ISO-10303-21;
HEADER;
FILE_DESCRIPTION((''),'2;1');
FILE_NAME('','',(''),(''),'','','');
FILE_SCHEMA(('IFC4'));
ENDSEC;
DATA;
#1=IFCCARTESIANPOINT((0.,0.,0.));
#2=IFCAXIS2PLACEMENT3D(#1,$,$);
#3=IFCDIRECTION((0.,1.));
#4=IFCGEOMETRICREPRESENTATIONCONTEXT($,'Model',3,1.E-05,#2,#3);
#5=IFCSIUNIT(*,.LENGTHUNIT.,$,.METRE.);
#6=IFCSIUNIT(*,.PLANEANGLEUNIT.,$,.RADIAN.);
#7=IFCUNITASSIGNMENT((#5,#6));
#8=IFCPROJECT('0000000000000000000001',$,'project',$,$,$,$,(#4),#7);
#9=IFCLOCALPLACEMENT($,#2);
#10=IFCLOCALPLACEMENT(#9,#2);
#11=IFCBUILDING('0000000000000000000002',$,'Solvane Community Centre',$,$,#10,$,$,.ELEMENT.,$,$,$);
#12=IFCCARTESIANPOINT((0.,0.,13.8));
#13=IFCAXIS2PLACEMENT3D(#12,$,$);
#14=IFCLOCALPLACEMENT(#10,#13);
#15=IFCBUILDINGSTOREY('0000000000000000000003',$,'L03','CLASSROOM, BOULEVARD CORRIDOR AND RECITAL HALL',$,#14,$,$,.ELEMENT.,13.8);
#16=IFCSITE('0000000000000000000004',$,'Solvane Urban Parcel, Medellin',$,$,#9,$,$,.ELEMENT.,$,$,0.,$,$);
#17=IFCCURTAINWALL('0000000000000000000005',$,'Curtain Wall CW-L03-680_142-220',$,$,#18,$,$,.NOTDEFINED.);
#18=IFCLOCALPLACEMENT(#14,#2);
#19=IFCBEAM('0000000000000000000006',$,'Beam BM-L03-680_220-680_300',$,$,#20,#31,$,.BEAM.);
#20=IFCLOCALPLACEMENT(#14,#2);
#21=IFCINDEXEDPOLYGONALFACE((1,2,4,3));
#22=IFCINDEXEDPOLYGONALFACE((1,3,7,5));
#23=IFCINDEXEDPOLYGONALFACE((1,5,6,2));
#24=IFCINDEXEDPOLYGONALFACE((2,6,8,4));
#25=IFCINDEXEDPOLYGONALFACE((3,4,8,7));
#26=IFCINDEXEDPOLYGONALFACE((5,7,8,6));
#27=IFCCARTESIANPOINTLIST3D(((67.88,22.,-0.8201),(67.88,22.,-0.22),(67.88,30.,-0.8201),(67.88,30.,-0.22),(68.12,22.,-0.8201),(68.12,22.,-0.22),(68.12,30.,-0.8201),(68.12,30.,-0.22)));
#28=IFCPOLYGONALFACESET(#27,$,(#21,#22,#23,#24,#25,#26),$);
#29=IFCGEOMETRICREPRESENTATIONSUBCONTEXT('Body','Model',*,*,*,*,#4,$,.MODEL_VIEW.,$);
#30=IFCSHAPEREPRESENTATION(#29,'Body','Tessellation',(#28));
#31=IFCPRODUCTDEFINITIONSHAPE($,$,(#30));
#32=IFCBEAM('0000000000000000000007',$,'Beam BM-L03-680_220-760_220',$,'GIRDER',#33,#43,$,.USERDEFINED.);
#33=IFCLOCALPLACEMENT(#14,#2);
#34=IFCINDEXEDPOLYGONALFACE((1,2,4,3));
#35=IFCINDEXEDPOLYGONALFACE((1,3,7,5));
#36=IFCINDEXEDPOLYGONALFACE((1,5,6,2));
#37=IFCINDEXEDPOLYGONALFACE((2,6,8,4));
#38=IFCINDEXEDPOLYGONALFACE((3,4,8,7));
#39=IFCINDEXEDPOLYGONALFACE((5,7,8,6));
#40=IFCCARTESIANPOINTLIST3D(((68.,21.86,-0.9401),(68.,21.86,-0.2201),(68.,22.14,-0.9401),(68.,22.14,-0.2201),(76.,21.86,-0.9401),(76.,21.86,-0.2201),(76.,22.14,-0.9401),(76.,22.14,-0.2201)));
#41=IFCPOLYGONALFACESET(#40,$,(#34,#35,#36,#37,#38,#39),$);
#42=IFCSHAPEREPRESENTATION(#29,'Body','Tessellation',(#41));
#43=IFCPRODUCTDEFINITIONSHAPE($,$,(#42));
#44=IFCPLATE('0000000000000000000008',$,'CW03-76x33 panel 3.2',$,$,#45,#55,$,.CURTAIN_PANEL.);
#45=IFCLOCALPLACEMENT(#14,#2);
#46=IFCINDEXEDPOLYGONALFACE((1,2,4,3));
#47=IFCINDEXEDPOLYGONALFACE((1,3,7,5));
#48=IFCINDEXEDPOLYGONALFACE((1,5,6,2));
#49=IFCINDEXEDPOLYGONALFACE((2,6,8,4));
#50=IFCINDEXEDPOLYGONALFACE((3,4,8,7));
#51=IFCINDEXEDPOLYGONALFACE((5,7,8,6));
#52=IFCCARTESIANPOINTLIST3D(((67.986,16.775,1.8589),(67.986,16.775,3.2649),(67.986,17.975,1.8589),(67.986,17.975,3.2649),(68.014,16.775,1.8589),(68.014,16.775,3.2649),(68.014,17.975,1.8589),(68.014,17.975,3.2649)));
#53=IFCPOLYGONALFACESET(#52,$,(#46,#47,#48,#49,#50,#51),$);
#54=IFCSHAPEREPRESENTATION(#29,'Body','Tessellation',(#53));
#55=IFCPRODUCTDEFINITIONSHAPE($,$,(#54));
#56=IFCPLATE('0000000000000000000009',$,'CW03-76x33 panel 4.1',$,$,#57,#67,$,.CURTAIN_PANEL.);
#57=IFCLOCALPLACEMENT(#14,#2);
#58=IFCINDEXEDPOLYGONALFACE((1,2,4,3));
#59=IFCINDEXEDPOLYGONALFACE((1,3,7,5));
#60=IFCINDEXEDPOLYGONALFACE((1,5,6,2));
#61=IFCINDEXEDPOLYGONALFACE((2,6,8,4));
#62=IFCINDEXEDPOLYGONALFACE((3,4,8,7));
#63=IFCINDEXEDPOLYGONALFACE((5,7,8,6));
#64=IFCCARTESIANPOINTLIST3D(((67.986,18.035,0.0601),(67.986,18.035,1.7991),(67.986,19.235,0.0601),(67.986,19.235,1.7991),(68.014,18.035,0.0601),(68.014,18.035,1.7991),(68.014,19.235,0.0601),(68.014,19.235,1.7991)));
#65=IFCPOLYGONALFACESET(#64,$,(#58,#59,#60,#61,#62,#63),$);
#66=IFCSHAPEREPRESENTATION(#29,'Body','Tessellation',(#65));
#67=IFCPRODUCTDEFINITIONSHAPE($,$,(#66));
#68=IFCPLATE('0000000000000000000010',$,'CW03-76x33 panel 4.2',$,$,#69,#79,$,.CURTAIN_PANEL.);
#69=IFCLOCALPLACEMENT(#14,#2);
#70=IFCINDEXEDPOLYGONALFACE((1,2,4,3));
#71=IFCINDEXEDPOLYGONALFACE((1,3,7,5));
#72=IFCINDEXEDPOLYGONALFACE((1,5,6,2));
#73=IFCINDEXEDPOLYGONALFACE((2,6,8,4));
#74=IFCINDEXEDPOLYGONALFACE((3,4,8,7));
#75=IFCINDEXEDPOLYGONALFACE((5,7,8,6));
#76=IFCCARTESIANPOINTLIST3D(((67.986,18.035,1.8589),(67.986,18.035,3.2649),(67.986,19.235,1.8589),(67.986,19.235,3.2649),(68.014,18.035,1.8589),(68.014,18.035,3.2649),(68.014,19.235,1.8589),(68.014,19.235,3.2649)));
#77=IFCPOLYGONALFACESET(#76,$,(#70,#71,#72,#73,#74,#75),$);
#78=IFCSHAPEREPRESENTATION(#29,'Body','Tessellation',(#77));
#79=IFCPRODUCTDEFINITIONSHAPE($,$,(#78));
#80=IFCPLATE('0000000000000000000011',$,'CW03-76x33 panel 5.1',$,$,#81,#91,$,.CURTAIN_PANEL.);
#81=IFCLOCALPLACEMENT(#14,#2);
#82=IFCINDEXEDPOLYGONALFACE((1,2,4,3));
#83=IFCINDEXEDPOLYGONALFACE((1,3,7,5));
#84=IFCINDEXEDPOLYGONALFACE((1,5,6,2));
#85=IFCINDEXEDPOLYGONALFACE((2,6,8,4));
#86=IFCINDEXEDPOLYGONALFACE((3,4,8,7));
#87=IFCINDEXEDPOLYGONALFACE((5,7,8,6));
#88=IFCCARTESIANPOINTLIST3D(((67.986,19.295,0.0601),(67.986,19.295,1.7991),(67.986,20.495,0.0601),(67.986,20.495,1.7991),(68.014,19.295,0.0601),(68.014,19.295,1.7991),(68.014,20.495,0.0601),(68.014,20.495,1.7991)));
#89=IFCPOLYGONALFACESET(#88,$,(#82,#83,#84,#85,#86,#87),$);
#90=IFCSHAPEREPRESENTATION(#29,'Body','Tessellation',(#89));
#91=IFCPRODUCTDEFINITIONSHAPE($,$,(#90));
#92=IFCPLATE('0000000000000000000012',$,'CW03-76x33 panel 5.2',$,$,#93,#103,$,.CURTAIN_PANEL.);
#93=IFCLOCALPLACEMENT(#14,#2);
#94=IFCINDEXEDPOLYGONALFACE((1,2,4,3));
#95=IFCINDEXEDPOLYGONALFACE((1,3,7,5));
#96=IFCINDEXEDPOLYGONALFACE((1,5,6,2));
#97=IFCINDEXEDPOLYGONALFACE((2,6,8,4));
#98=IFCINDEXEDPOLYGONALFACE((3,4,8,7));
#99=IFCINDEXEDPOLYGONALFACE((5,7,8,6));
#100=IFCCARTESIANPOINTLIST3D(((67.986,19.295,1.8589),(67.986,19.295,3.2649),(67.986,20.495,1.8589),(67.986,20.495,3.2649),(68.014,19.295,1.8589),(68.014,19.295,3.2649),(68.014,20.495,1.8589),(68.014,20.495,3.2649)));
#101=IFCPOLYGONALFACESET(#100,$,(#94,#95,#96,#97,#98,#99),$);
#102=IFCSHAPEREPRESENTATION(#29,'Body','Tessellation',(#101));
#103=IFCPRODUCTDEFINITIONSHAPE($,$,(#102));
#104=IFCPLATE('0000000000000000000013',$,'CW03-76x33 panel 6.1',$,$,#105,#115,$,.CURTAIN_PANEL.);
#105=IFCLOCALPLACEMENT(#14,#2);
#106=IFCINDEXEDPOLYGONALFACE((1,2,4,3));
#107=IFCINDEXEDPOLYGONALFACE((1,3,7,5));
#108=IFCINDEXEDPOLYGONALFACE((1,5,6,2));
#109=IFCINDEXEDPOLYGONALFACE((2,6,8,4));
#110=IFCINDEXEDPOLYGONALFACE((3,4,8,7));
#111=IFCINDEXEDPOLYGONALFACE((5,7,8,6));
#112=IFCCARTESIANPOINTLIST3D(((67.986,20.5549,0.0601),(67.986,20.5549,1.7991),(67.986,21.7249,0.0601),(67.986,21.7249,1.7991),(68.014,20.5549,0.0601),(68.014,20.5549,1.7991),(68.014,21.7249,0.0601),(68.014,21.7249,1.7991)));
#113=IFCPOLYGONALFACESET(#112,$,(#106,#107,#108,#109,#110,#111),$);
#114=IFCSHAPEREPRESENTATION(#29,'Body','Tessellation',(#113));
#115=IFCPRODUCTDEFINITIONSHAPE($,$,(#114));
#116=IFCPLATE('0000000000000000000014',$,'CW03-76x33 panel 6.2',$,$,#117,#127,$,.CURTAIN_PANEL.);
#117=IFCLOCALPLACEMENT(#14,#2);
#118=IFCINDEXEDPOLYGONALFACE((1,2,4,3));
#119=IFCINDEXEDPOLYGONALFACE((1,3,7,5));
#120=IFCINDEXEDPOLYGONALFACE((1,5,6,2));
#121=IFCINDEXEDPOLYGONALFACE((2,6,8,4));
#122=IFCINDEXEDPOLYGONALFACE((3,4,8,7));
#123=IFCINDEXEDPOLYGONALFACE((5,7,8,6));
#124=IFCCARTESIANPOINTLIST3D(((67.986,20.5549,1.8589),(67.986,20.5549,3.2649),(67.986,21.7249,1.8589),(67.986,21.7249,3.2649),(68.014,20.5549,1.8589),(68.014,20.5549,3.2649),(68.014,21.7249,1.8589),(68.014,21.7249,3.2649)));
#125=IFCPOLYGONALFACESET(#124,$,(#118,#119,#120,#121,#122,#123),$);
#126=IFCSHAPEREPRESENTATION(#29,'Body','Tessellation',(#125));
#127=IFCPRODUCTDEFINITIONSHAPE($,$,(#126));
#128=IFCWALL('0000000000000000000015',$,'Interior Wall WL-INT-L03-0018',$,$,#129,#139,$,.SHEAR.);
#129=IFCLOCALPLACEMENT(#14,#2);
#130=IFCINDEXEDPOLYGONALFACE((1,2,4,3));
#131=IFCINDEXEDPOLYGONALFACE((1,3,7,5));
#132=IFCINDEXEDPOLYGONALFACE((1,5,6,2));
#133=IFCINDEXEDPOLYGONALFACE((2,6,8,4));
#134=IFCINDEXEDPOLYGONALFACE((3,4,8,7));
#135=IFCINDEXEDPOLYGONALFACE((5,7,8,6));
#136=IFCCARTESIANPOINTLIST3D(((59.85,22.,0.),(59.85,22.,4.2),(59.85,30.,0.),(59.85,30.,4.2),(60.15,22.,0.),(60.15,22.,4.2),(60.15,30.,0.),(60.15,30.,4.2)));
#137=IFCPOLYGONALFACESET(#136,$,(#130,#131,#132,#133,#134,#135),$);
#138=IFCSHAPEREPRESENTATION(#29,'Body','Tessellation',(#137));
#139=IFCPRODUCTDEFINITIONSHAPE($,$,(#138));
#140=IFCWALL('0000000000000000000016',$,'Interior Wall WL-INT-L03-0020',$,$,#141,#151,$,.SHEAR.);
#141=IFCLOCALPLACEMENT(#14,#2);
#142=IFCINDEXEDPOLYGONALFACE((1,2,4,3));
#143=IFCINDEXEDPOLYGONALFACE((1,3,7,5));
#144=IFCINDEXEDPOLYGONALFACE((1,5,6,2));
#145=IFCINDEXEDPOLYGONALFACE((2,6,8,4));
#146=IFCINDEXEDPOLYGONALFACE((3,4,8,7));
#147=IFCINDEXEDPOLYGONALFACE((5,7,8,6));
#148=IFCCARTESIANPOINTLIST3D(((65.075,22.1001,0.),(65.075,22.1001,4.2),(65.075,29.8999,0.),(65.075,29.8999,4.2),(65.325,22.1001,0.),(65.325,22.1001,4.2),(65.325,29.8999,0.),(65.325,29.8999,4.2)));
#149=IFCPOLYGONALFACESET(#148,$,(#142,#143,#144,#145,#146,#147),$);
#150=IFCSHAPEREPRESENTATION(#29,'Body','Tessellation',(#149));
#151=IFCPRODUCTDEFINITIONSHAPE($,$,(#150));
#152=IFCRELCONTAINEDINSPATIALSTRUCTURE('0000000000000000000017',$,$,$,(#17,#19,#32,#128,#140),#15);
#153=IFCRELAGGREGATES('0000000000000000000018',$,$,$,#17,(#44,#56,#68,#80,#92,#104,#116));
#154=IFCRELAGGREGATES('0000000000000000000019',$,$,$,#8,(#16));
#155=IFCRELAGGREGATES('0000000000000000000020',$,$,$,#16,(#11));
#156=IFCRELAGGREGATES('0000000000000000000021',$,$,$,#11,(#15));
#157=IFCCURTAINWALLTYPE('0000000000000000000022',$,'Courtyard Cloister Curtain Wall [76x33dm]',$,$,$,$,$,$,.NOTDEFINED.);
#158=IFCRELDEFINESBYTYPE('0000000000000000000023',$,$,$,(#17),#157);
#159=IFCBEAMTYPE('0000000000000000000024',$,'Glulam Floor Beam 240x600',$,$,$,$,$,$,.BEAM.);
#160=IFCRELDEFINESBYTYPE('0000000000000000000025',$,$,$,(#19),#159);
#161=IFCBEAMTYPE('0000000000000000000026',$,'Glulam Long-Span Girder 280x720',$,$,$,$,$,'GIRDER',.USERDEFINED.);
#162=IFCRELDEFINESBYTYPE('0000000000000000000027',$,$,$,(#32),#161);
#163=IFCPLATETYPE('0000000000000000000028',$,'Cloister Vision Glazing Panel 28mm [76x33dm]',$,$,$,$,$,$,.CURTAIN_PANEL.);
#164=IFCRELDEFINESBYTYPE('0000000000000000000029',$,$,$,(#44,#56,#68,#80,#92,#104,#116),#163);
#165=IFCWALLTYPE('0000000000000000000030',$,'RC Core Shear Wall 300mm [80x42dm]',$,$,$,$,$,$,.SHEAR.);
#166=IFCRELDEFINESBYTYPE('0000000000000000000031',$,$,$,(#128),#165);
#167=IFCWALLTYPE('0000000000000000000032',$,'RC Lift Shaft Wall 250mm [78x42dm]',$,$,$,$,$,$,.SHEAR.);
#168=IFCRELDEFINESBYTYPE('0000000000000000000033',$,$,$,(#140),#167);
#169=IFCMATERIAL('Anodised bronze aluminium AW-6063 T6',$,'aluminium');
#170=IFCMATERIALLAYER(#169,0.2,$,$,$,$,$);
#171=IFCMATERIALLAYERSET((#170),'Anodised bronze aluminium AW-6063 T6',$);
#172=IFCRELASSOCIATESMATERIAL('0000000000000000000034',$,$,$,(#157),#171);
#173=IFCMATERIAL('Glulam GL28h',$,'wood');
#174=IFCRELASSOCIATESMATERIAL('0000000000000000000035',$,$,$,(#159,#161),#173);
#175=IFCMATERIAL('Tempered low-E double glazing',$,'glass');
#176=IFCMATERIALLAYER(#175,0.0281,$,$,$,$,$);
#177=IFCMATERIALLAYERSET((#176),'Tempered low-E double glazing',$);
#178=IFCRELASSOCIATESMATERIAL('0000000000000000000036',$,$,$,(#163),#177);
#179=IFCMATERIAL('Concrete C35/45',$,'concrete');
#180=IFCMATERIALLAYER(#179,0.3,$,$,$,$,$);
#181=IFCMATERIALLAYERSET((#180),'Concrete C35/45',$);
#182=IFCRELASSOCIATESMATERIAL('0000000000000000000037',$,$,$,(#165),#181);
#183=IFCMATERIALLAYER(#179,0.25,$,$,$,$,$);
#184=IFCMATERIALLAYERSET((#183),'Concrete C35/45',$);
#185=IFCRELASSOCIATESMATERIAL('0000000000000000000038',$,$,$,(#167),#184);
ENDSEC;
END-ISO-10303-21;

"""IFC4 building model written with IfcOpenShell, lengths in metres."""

from ifc_helpers import new_model, si_unit, direction, frame, frame_2d, origin, origin_2d, place, context, subcontext, project, spatial, rectangle, extrude, material, layer, layer_set, material_profile, profile_set, type_object, element, aggregate, save


model = new_model("IFC4")

# Units and contexts
model_context = context("Model", 3, precision=1e-05, world=origin(), true_north=direction((0.0, 1.0)))
body_context = subcontext(model_context, "Body", "Model", "MODEL_VIEW")
ifc_project = project(units=[si_unit("LENGTHUNIT", "METRE"), si_unit("PLANEANGLEUNIT", "RADIAN")], contexts=[model_context])

# Site, building, storey
site_placement = place(None, origin())
site = spatial("IfcSite", under=ifc_project, at=site_placement, Name="Solvane Urban Parcel, Medellin", CompositionType="ELEMENT", RefElevation=0.0)
building_placement = place(site_placement, origin())
building = spatial("IfcBuilding", under=site, at=building_placement, Name="Solvane Community Centre", CompositionType="ELEMENT")
storey_placement = place(building_placement, frame((0.0, 0.0, 13.8)))
storey = spatial("IfcBuildingStorey", under=building, at=storey_placement, Name="L03", Description="CLASSROOM, BOULEVARD CORRIDOR AND RECITAL HALL", CompositionType="ELEMENT", Elevation=13.8)

# Curtain wall
ifc_material_1 = material(Name="Anodised bronze aluminium AW-6063 T6", Category="aluminium")
ifc_layer_1 = layer(ifc_material_1, 0.2)
ifc_layer_set_1 = layer_set([ifc_layer_1], Name="Anodised bronze aluminium AW-6063 T6")
curtain_wall_type = type_object("IfcCurtainWallType", Name="Courtyard Cloister Curtain Wall [76x33dm]", PredefinedType="NOTDEFINED", material=ifc_layer_set_1)
curtain_wall_placement = place(storey_placement, origin())
curtain_wall = element("IfcCurtainWall", 1, at=curtain_wall_placement, inside=storey, type_object=curtain_wall_type, Name="Curtain Wall CW-L03-680_142-220", PredefinedType="NOTDEFINED")

# Beams
ifc_material_2 = material(Name="Glulam GL28h", Category="wood")
ifc_material_profile_1 = material_profile(ifc_material_2, rectangle(XDim=0.24, YDim=0.6001, at=origin_2d()), Name="GL28h 240x600")
ifc_profile_set_1 = profile_set([ifc_material_profile_1], Name="Glulam GL28h")
beam_type_1 = type_object("IfcBeamType", Name="Glulam Floor Beam 240x600", PredefinedType="BEAM", material=ifc_profile_set_1)
beam_1_placement = place(storey_placement, frame((68.0, 22.0, -0.52), z_axis=(0.0, 1.0, 0.0), x_axis=(-1.0, 0.0, 0.0)))
element("IfcBeam", 2, at=beam_1_placement, inside=storey, type_object=beam_type_1, Name="Beam BM-L03-680_220-680_300", PredefinedType="BEAM", context=body_context, shape_type="SweptSolid", body=[
    extrude(rectangle(XDim=0.24, YDim=0.6001, at=origin_2d()), origin(), (0.0, 0.0, 1.0), 8.0),
])
ifc_material_profile_2 = material_profile(ifc_material_2, rectangle(XDim=0.28, YDim=0.72, at=origin_2d()), Name="GL28h 280x720")
ifc_profile_set_2 = profile_set([ifc_material_profile_2], Name="Glulam GL28h")
beam_type_2 = type_object("IfcBeamType", Name="Glulam Long-Span Girder 280x720", ElementType="GIRDER", PredefinedType="USERDEFINED", material=ifc_profile_set_2)
beam_2_placement = place(storey_placement, frame((68.0, 22.0, -0.5801), z_axis=(1.0, 0.0, 0.0), x_axis=(0.0, 1.0, 0.0)))
element("IfcBeam", 3, at=beam_2_placement, inside=storey, type_object=beam_type_2, Name="Beam BM-L03-680_220-760_220", ObjectType="GIRDER", PredefinedType="USERDEFINED", context=body_context, shape_type="SweptSolid", body=[
    extrude(rectangle(XDim=0.28, YDim=0.72, at=origin_2d()), origin(), (0.0, 0.0, 1.0), 8.0),
])

# Plates
ifc_material_3 = material(Name="Tempered low-E double glazing", Category="glass")
ifc_layer_2 = layer(ifc_material_3, 0.0281)
ifc_layer_set_2 = layer_set([ifc_layer_2], Name="Tempered low-E double glazing")
plate_type = type_object("IfcPlateType", Name="Cloister Vision Glazing Panel 28mm [76x33dm]", PredefinedType="CURTAIN_PANEL", material=ifc_layer_set_2)
plate_1_placement = place(storey_placement, frame((68.0, 17.375, 1.8589), z_axis=(0.0, 0.0, 1.0), x_axis=(0.0, 1.0, 0.0)))
plate_1 = element("IfcPlate", 4, at=plate_1_placement, type_object=plate_type, Name="CW03-76x33 panel 3.2", PredefinedType="CURTAIN_PANEL", context=body_context, shape_type="SweptSolid", body=[
    extrude(rectangle(XDim=1.2, YDim=0.0281, at=origin_2d()), origin(), (0.0, 0.0, 1.0), 1.406),
])
plate_2_placement = place(storey_placement, frame((68.0, 18.635, 0.0601), z_axis=(0.0, 0.0, 1.0), x_axis=(0.0, 1.0, 0.0)))
plate_2 = element("IfcPlate", 5, at=plate_2_placement, type_object=plate_type, Name="CW03-76x33 panel 4.1", PredefinedType="CURTAIN_PANEL", context=body_context, shape_type="SweptSolid", body=[
    extrude(rectangle(XDim=1.2, YDim=0.0281, at=origin_2d()), origin(), (0.0, 0.0, 1.0), 1.739),
])
plate_3_placement = place(storey_placement, frame((68.0, 18.635, 1.8589), z_axis=(0.0, 0.0, 1.0), x_axis=(0.0, 1.0, 0.0)))
plate_3 = element("IfcPlate", 6, at=plate_3_placement, type_object=plate_type, Name="CW03-76x33 panel 4.2", PredefinedType="CURTAIN_PANEL", context=body_context, shape_type="SweptSolid", body=[
    extrude(rectangle(XDim=1.2, YDim=0.0281, at=origin_2d()), origin(), (0.0, 0.0, 1.0), 1.406),
])
plate_4_placement = place(storey_placement, frame((68.0, 19.895, 0.0601), z_axis=(0.0, 0.0, 1.0), x_axis=(0.0, 1.0, 0.0)))
plate_4 = element("IfcPlate", 7, at=plate_4_placement, type_object=plate_type, Name="CW03-76x33 panel 5.1", PredefinedType="CURTAIN_PANEL", context=body_context, shape_type="SweptSolid", body=[
    extrude(rectangle(XDim=1.2, YDim=0.0281, at=origin_2d()), origin(), (0.0, 0.0, 1.0), 1.739),
])
plate_5_placement = place(storey_placement, frame((68.0, 19.895, 1.8589), z_axis=(0.0, 0.0, 1.0), x_axis=(0.0, 1.0, 0.0)))
plate_5 = element("IfcPlate", 8, at=plate_5_placement, type_object=plate_type, Name="CW03-76x33 panel 5.2", PredefinedType="CURTAIN_PANEL", context=body_context, shape_type="SweptSolid", body=[
    extrude(rectangle(XDim=1.2, YDim=0.0281, at=origin_2d()), origin(), (0.0, 0.0, 1.0), 1.406),
])
plate_6_placement = place(storey_placement, frame((68.0, 21.1399, 0.0601), z_axis=(0.0, 0.0, 1.0), x_axis=(0.0, 1.0, 0.0)))
plate_6 = element("IfcPlate", 9, at=plate_6_placement, type_object=plate_type, Name="CW03-76x33 panel 6.1", PredefinedType="CURTAIN_PANEL", context=body_context, shape_type="SweptSolid", body=[
    extrude(rectangle(XDim=1.1699, YDim=0.0281, at=origin_2d()), origin(), (0.0, 0.0, 1.0), 1.739),
])
plate_7_placement = place(storey_placement, frame((68.0, 21.1399, 1.8589), z_axis=(0.0, 0.0, 1.0), x_axis=(0.0, 1.0, 0.0)))
plate_7 = element("IfcPlate", 10, at=plate_7_placement, type_object=plate_type, Name="CW03-76x33 panel 6.2", PredefinedType="CURTAIN_PANEL", context=body_context, shape_type="SweptSolid", body=[
    extrude(rectangle(XDim=1.1699, YDim=0.0281, at=origin_2d()), origin(), (0.0, 0.0, 1.0), 1.406),
])
aggregate(curtain_wall, [plate_1, plate_2, plate_3, plate_4, plate_5, plate_6, plate_7])

# Walls
ifc_material_4 = material(Name="Concrete C35/45", Category="concrete")
ifc_layer_3 = layer(ifc_material_4, 0.3)
ifc_layer_set_3 = layer_set([ifc_layer_3], Name="Concrete C35/45")
wall_type_1 = type_object("IfcWallType", Name="RC Core Shear Wall 300mm [80x42dm]", PredefinedType="SHEAR", material=ifc_layer_set_3)
wall_1_placement = place(storey_placement, frame((60.0, 22.0, 0.0), z_axis=(0.0, 0.0, 1.0), x_axis=(0.0, 1.0, 0.0)))
element("IfcWall", 11, at=wall_1_placement, inside=storey, type_object=wall_type_1, Name="Interior Wall WL-INT-L03-0018", PredefinedType="SHEAR", context=body_context, shape_type="SweptSolid", body=[
    extrude(rectangle(XDim=8.0, YDim=0.3, at=frame_2d((4.0, 0.0))), origin(), (0.0, 0.0, 1.0), 4.2),
])
ifc_layer_4 = layer(ifc_material_4, 0.25)
ifc_layer_set_4 = layer_set([ifc_layer_4], Name="Concrete C35/45")
wall_type_2 = type_object("IfcWallType", Name="RC Lift Shaft Wall 250mm [78x42dm]", PredefinedType="SHEAR", material=ifc_layer_set_4)
wall_2_placement = place(storey_placement, frame((65.2, 22.1001, 0.0), z_axis=(0.0, 0.0, 1.0), x_axis=(0.0, 1.0, 0.0)))
element("IfcWall", 12, at=wall_2_placement, inside=storey, type_object=wall_type_2, Name="Interior Wall WL-INT-L03-0020", PredefinedType="SHEAR", context=body_context, shape_type="SweptSolid", body=[
    extrude(rectangle(XDim=7.7998, YDim=0.25, at=frame_2d((3.8999, 0.0))), origin(), (0.0, 0.0, 1.0), 4.2),
])

save(model, "model.ifc")
